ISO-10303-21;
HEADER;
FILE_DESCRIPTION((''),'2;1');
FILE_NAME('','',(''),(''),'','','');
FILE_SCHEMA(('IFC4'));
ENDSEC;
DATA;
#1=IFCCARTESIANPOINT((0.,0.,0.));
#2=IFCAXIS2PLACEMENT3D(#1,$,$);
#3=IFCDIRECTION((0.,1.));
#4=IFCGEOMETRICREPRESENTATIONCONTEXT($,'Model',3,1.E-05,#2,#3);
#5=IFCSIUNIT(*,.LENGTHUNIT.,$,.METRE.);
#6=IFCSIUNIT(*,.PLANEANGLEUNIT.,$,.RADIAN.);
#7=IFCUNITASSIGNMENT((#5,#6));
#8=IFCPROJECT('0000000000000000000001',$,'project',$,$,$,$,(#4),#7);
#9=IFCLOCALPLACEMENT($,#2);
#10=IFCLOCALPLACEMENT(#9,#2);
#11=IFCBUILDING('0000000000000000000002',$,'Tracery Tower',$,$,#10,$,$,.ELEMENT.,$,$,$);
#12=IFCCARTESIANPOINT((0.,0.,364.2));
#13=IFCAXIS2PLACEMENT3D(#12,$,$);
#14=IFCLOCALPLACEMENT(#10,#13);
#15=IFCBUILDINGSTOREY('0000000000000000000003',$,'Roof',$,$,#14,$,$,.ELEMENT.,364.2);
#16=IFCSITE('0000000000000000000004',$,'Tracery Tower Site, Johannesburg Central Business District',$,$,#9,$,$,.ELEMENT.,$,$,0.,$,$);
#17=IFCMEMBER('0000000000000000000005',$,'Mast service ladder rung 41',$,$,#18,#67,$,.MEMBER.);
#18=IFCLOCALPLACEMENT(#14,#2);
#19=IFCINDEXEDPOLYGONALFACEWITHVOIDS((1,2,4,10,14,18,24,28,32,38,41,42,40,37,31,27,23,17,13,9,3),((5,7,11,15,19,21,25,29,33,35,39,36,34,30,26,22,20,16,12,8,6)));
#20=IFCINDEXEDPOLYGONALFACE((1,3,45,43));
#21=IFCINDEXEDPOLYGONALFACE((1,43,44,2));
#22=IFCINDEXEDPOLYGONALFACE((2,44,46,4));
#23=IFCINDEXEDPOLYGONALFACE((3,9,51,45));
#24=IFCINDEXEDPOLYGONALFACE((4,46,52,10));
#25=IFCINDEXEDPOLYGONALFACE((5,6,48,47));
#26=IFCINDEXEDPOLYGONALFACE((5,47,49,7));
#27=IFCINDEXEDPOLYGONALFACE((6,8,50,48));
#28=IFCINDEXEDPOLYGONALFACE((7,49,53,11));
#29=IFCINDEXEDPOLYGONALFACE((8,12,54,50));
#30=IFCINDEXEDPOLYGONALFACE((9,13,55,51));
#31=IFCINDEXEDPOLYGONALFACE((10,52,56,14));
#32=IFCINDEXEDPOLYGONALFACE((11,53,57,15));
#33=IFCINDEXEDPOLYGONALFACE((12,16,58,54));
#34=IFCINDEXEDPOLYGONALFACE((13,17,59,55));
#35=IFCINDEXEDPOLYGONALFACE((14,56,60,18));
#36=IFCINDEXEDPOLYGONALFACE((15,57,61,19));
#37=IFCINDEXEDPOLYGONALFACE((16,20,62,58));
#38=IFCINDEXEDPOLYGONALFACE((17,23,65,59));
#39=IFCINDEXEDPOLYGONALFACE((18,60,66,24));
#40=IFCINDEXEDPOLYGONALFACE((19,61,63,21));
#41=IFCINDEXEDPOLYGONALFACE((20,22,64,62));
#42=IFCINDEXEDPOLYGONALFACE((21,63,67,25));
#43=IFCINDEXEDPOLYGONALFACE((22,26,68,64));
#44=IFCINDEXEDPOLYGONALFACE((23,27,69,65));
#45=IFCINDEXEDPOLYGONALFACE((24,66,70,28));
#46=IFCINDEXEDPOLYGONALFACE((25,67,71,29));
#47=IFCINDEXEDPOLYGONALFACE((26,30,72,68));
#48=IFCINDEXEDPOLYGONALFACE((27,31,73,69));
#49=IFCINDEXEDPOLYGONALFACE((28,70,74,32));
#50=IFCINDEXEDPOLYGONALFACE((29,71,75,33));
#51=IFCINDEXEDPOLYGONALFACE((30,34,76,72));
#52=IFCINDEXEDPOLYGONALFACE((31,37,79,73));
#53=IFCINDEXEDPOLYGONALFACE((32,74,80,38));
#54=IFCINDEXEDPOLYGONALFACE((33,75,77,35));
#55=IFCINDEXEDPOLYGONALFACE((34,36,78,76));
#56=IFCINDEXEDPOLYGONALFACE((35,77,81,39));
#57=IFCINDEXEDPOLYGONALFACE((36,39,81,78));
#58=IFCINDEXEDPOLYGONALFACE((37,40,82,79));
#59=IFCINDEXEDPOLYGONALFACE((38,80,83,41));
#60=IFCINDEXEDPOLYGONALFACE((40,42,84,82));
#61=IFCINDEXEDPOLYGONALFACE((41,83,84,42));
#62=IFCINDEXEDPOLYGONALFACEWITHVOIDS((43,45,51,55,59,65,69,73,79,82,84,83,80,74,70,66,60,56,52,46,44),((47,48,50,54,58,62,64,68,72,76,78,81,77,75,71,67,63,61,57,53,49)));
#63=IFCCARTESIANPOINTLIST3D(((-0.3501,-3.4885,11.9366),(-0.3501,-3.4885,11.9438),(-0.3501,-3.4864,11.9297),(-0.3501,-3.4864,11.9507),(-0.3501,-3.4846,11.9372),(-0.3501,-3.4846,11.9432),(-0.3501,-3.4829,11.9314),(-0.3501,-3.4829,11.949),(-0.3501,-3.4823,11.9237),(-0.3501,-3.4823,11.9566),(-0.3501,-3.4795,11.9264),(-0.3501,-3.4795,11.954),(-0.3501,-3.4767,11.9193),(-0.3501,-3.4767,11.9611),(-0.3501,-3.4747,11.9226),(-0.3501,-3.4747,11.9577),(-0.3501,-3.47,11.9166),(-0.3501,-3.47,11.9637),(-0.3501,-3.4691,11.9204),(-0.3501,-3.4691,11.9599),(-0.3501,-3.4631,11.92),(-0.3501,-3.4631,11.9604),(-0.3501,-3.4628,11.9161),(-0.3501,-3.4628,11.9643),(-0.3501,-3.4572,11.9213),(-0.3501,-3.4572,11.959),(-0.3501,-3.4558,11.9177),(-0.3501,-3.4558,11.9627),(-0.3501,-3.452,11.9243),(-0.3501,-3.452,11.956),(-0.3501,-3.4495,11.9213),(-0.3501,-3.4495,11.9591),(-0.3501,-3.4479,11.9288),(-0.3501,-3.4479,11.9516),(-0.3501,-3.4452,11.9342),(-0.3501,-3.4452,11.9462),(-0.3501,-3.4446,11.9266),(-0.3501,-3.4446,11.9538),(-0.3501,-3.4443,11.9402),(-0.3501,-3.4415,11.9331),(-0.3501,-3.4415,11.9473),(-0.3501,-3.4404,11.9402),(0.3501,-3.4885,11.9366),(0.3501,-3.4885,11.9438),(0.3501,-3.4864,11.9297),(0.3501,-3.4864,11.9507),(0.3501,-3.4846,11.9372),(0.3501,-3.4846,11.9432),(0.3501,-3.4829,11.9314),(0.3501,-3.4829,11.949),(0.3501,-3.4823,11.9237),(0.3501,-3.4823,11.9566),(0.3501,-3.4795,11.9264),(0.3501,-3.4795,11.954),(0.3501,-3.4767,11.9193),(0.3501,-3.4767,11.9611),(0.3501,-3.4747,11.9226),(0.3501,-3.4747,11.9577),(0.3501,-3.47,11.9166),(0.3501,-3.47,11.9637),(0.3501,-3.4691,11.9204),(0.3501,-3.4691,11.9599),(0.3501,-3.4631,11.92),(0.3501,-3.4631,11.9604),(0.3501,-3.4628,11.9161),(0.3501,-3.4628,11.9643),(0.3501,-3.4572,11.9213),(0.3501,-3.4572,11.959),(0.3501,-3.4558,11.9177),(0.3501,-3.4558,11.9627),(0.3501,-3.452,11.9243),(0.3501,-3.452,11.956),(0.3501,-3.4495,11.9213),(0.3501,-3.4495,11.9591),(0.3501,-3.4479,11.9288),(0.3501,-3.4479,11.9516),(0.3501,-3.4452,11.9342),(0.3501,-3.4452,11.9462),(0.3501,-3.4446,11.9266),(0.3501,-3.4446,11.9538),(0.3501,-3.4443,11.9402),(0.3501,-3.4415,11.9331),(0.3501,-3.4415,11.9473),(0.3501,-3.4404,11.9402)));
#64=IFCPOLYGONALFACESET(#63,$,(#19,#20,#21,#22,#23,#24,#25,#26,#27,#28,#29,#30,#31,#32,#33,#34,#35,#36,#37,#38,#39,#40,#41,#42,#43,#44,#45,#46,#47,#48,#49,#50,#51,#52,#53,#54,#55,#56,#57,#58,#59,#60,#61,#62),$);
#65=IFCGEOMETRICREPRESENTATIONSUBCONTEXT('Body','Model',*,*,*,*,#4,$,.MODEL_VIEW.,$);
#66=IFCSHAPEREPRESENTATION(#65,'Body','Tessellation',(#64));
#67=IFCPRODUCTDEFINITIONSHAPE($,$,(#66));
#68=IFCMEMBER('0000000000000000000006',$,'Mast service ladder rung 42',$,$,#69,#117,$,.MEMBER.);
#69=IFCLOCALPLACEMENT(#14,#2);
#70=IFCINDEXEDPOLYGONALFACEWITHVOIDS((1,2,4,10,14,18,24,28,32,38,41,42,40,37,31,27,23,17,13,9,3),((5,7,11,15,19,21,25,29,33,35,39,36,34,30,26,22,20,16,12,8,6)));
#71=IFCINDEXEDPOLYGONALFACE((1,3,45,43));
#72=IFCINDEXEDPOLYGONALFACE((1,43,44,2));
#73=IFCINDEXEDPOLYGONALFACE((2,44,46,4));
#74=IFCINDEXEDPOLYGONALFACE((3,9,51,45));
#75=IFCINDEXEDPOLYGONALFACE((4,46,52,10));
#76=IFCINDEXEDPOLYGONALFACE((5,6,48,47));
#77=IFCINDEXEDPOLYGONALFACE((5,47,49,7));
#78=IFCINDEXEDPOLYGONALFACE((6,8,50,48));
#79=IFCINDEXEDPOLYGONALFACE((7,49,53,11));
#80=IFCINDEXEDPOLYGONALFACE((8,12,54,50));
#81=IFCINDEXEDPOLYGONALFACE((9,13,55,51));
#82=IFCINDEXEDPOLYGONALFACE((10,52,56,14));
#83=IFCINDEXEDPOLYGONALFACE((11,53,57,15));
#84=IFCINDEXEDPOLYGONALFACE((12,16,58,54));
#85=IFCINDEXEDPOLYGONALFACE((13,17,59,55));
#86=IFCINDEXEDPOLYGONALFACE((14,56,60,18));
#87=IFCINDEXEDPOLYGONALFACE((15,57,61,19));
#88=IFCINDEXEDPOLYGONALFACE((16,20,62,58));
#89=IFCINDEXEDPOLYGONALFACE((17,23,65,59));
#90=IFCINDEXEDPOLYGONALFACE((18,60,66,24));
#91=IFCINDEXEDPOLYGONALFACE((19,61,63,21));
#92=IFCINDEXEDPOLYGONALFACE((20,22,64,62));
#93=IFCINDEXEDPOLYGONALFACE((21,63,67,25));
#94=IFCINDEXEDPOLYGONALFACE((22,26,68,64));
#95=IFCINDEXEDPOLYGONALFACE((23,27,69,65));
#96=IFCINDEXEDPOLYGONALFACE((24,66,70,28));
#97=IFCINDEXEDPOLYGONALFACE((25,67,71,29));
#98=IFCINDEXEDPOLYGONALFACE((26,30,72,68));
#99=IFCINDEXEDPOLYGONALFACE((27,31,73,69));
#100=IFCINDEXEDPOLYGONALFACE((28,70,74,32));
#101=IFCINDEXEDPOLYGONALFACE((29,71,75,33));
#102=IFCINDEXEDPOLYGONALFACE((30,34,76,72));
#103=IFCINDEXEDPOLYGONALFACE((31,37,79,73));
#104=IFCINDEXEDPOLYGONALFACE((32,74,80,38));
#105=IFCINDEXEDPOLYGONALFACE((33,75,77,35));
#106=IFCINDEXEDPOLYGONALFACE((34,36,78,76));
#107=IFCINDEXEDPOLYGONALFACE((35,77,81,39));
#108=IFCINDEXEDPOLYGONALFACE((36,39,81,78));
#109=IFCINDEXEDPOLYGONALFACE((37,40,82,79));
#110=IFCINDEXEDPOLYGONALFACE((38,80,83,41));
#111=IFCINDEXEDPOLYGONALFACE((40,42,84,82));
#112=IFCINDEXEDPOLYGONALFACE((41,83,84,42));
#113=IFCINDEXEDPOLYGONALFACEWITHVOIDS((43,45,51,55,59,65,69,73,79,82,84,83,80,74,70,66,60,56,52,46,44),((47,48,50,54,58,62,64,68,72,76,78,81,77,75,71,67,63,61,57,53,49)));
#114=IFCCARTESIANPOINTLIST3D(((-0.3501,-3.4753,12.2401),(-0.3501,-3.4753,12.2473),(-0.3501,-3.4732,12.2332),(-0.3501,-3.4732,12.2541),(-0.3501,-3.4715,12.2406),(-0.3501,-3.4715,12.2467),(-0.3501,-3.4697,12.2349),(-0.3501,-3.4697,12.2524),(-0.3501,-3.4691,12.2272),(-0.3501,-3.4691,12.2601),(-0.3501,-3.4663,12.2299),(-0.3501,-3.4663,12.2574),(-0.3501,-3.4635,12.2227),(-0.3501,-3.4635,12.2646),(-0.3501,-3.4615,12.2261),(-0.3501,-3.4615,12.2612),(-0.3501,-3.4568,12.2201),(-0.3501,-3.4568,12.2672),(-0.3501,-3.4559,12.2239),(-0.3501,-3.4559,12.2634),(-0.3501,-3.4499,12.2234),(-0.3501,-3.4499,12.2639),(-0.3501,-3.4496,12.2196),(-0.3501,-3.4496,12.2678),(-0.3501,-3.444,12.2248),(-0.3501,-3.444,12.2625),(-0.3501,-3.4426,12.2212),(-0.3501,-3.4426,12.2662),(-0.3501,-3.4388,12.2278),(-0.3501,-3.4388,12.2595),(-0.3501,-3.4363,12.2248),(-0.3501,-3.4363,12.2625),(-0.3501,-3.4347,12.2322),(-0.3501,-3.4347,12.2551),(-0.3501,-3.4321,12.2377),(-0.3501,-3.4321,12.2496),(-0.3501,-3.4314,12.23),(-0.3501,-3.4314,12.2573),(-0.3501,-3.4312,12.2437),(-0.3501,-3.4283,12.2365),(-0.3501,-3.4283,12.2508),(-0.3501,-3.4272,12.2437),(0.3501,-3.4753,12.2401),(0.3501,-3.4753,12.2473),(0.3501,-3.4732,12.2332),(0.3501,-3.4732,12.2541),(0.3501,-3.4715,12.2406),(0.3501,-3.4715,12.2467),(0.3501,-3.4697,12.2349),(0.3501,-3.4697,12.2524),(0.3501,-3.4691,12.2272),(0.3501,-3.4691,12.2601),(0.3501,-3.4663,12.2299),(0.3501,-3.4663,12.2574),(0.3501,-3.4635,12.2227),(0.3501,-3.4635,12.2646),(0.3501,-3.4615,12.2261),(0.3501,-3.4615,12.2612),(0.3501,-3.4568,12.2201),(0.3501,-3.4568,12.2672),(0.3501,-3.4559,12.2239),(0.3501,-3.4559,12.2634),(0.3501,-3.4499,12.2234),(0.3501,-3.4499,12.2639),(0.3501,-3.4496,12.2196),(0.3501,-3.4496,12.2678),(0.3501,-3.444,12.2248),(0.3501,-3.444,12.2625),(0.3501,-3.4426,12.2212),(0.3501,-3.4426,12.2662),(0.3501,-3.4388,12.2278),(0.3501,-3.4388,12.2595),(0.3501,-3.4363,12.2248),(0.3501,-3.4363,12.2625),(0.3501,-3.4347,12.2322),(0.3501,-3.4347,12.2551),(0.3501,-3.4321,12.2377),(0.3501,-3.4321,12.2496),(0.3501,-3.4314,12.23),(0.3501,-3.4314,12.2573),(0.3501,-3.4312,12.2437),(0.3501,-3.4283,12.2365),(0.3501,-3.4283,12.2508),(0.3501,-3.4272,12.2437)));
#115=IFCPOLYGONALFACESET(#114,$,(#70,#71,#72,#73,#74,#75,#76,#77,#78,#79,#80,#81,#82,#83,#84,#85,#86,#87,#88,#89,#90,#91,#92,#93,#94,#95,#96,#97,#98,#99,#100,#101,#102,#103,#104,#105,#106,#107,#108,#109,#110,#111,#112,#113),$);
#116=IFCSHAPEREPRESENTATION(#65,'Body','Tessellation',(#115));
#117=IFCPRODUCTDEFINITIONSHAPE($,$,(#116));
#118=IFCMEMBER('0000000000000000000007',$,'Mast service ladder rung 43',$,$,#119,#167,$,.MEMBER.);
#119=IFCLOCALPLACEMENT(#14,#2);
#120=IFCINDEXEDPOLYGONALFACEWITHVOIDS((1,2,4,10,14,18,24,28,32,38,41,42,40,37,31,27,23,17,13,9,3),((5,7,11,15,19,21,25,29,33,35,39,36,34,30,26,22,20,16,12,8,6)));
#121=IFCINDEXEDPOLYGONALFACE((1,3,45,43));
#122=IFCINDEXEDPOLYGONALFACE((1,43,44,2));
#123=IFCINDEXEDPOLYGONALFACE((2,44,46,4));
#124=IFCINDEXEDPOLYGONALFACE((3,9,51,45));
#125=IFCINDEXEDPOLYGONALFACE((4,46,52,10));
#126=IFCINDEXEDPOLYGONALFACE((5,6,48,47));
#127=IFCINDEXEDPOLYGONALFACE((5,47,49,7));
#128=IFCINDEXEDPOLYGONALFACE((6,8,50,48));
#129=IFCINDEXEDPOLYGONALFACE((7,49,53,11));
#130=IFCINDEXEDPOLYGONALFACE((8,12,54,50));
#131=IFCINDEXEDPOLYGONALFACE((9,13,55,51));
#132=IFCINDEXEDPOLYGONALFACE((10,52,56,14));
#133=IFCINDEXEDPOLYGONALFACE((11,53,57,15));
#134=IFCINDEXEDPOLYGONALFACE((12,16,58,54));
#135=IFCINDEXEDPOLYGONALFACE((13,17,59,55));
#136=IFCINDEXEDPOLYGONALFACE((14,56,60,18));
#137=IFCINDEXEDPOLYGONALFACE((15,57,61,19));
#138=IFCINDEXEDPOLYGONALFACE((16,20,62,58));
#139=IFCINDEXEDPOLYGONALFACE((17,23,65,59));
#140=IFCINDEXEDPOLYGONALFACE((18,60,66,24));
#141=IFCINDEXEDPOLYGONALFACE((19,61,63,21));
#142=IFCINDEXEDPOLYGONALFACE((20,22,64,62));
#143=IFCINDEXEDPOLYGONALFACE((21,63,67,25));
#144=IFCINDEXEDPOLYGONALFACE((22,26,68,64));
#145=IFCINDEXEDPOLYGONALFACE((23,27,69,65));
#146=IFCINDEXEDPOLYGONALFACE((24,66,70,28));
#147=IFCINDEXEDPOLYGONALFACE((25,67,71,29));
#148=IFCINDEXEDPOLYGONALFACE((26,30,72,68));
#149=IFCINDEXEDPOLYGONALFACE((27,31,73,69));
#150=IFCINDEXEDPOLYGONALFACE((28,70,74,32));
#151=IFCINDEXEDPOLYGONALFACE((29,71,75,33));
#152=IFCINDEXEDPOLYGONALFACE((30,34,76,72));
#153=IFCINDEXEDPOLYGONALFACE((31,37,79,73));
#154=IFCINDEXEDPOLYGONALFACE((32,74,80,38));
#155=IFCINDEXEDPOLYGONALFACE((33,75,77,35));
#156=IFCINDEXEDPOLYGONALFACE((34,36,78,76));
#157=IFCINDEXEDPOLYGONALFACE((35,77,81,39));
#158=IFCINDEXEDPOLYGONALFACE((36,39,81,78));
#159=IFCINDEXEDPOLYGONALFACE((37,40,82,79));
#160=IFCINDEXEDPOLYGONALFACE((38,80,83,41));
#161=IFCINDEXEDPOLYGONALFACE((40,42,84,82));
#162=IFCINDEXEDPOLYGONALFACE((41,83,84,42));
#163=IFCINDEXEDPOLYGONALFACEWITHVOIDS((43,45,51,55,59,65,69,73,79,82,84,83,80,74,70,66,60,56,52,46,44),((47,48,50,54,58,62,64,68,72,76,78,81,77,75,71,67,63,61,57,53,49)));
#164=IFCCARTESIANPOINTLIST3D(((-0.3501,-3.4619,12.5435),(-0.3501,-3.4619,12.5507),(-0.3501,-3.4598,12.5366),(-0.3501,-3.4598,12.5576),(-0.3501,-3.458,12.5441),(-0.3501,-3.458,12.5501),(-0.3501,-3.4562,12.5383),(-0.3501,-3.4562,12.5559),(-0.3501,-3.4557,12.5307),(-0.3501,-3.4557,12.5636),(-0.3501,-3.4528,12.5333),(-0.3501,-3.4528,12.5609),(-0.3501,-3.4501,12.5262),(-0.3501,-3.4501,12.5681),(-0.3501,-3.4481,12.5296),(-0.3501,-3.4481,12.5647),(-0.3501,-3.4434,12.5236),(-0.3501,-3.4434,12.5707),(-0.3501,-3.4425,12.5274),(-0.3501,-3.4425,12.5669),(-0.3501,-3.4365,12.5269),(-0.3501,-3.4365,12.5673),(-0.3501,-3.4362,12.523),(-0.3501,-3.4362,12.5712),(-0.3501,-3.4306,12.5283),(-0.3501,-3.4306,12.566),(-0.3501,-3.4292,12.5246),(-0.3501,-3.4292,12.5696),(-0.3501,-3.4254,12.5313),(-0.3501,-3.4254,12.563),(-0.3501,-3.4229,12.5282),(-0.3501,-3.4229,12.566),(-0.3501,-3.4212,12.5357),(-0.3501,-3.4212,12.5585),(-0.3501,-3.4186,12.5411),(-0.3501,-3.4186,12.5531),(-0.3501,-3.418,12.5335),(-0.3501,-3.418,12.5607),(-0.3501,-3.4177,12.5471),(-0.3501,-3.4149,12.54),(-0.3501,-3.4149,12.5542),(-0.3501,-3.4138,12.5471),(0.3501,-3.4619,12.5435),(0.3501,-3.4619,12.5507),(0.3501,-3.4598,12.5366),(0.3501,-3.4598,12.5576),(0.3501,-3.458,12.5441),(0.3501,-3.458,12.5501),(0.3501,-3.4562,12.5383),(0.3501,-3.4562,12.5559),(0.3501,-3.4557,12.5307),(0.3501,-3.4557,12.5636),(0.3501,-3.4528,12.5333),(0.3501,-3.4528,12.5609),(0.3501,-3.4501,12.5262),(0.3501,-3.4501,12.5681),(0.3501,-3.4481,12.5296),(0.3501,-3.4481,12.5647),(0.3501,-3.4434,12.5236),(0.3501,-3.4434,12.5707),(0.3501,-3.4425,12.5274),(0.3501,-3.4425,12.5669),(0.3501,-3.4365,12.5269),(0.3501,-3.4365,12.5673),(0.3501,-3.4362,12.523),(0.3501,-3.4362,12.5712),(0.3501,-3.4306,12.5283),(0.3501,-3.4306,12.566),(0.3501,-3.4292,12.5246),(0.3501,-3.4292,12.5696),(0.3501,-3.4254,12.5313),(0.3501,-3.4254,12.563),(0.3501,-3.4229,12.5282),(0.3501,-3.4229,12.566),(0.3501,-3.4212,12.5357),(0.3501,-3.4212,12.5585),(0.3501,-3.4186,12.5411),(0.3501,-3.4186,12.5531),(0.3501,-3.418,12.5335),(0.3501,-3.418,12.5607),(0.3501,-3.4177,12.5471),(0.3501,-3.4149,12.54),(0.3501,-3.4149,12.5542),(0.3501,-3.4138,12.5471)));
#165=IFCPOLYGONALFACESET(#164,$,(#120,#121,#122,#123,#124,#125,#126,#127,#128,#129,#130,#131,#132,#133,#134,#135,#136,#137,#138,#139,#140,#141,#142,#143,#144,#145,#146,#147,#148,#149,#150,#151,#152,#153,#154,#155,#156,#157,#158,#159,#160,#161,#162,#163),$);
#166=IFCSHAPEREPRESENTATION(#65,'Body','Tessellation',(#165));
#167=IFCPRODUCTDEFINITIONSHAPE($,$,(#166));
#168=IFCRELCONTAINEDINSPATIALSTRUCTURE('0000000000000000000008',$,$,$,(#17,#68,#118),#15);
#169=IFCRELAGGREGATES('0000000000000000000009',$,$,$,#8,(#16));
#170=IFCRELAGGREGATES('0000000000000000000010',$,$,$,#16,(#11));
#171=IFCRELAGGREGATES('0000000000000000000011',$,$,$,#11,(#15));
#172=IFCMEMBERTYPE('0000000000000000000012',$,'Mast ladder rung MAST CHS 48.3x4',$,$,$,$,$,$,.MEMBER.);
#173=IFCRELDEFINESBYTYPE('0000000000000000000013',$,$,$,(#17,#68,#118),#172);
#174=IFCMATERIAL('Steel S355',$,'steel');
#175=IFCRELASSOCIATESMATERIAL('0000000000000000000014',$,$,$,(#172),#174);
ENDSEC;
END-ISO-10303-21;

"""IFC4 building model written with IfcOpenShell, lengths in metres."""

from ifc_helpers import new_model, si_unit, direction, frame, origin, origin_2d, place, context, subcontext, project, spatial, hollow_circle, extrude, material, material_profile, profile_set, type_object, element, save


model = new_model("IFC4")

# Units and contexts
model_context = context("Model", 3, precision=1e-05, world=origin(), true_north=direction((0.0, 1.0)))
body_context = subcontext(model_context, "Body", "Model", "MODEL_VIEW")
ifc_project = project(units=[si_unit("LENGTHUNIT", "METRE"), si_unit("PLANEANGLEUNIT", "RADIAN")], contexts=[model_context])

# Site, building, storey
site_placement = place(None, origin())
site = spatial("IfcSite", under=ifc_project, at=site_placement, Name="Tracery Tower Site, Johannesburg Central Business District", CompositionType="ELEMENT", RefElevation=0.0)
building_placement = place(site_placement, origin())
building = spatial("IfcBuilding", under=site, at=building_placement, Name="Tracery Tower", CompositionType="ELEMENT")
storey_placement = place(building_placement, frame((0.0, 0.0, 364.2)))
storey = spatial("IfcBuildingStorey", under=building, at=storey_placement, Name="Roof", CompositionType="ELEMENT", Elevation=364.2)

# Members
ifc_material_1 = material(Name="Steel S355", Category="steel")
ifc_material_profile_1 = material_profile(ifc_material_1, hollow_circle(Radius=0.0242, WallThickness=0.0039, at=origin_2d()), Name="CHS 48.3x4")
ifc_profile_set_1 = profile_set([ifc_material_profile_1], Name="Steel S355")
member_type_1 = type_object("IfcMemberType", Name="Mast ladder rung MAST CHS 48.3x4", PredefinedType="MEMBER", material=ifc_profile_set_1)
for number, where, z_axis, x_axis, name in (
    (1, (-0.3501, -3.4646, 11.9402), (1.0, 0.0, 0.0), (0.0, 1.0, 0.0), "Mast service ladder rung 41"),
    (2, (-0.3501, -3.4514, 12.2437), (1.0, 0.0, 0.0), (0.0, 1.0, 0.0), "Mast service ladder rung 42"),
    (3, (-0.3501, -3.438, 12.5471), (1.0, 0.0, 0.0), (0.0, 1.0, 0.0), "Mast service ladder rung 43"),
):
    element("IfcMember", number, at=place(storey_placement, frame(where, z_axis=z_axis, x_axis=x_axis)), inside=storey, type_object=member_type_1, Name=name, PredefinedType="MEMBER", context=body_context, shape_type="SweptSolid", body=[
        extrude(hollow_circle(Radius=0.0242, WallThickness=0.0039, at=origin_2d()), origin(), (0.0, 0.0, 1.0), 0.7002),
    ])

save(model, "model.ifc")
